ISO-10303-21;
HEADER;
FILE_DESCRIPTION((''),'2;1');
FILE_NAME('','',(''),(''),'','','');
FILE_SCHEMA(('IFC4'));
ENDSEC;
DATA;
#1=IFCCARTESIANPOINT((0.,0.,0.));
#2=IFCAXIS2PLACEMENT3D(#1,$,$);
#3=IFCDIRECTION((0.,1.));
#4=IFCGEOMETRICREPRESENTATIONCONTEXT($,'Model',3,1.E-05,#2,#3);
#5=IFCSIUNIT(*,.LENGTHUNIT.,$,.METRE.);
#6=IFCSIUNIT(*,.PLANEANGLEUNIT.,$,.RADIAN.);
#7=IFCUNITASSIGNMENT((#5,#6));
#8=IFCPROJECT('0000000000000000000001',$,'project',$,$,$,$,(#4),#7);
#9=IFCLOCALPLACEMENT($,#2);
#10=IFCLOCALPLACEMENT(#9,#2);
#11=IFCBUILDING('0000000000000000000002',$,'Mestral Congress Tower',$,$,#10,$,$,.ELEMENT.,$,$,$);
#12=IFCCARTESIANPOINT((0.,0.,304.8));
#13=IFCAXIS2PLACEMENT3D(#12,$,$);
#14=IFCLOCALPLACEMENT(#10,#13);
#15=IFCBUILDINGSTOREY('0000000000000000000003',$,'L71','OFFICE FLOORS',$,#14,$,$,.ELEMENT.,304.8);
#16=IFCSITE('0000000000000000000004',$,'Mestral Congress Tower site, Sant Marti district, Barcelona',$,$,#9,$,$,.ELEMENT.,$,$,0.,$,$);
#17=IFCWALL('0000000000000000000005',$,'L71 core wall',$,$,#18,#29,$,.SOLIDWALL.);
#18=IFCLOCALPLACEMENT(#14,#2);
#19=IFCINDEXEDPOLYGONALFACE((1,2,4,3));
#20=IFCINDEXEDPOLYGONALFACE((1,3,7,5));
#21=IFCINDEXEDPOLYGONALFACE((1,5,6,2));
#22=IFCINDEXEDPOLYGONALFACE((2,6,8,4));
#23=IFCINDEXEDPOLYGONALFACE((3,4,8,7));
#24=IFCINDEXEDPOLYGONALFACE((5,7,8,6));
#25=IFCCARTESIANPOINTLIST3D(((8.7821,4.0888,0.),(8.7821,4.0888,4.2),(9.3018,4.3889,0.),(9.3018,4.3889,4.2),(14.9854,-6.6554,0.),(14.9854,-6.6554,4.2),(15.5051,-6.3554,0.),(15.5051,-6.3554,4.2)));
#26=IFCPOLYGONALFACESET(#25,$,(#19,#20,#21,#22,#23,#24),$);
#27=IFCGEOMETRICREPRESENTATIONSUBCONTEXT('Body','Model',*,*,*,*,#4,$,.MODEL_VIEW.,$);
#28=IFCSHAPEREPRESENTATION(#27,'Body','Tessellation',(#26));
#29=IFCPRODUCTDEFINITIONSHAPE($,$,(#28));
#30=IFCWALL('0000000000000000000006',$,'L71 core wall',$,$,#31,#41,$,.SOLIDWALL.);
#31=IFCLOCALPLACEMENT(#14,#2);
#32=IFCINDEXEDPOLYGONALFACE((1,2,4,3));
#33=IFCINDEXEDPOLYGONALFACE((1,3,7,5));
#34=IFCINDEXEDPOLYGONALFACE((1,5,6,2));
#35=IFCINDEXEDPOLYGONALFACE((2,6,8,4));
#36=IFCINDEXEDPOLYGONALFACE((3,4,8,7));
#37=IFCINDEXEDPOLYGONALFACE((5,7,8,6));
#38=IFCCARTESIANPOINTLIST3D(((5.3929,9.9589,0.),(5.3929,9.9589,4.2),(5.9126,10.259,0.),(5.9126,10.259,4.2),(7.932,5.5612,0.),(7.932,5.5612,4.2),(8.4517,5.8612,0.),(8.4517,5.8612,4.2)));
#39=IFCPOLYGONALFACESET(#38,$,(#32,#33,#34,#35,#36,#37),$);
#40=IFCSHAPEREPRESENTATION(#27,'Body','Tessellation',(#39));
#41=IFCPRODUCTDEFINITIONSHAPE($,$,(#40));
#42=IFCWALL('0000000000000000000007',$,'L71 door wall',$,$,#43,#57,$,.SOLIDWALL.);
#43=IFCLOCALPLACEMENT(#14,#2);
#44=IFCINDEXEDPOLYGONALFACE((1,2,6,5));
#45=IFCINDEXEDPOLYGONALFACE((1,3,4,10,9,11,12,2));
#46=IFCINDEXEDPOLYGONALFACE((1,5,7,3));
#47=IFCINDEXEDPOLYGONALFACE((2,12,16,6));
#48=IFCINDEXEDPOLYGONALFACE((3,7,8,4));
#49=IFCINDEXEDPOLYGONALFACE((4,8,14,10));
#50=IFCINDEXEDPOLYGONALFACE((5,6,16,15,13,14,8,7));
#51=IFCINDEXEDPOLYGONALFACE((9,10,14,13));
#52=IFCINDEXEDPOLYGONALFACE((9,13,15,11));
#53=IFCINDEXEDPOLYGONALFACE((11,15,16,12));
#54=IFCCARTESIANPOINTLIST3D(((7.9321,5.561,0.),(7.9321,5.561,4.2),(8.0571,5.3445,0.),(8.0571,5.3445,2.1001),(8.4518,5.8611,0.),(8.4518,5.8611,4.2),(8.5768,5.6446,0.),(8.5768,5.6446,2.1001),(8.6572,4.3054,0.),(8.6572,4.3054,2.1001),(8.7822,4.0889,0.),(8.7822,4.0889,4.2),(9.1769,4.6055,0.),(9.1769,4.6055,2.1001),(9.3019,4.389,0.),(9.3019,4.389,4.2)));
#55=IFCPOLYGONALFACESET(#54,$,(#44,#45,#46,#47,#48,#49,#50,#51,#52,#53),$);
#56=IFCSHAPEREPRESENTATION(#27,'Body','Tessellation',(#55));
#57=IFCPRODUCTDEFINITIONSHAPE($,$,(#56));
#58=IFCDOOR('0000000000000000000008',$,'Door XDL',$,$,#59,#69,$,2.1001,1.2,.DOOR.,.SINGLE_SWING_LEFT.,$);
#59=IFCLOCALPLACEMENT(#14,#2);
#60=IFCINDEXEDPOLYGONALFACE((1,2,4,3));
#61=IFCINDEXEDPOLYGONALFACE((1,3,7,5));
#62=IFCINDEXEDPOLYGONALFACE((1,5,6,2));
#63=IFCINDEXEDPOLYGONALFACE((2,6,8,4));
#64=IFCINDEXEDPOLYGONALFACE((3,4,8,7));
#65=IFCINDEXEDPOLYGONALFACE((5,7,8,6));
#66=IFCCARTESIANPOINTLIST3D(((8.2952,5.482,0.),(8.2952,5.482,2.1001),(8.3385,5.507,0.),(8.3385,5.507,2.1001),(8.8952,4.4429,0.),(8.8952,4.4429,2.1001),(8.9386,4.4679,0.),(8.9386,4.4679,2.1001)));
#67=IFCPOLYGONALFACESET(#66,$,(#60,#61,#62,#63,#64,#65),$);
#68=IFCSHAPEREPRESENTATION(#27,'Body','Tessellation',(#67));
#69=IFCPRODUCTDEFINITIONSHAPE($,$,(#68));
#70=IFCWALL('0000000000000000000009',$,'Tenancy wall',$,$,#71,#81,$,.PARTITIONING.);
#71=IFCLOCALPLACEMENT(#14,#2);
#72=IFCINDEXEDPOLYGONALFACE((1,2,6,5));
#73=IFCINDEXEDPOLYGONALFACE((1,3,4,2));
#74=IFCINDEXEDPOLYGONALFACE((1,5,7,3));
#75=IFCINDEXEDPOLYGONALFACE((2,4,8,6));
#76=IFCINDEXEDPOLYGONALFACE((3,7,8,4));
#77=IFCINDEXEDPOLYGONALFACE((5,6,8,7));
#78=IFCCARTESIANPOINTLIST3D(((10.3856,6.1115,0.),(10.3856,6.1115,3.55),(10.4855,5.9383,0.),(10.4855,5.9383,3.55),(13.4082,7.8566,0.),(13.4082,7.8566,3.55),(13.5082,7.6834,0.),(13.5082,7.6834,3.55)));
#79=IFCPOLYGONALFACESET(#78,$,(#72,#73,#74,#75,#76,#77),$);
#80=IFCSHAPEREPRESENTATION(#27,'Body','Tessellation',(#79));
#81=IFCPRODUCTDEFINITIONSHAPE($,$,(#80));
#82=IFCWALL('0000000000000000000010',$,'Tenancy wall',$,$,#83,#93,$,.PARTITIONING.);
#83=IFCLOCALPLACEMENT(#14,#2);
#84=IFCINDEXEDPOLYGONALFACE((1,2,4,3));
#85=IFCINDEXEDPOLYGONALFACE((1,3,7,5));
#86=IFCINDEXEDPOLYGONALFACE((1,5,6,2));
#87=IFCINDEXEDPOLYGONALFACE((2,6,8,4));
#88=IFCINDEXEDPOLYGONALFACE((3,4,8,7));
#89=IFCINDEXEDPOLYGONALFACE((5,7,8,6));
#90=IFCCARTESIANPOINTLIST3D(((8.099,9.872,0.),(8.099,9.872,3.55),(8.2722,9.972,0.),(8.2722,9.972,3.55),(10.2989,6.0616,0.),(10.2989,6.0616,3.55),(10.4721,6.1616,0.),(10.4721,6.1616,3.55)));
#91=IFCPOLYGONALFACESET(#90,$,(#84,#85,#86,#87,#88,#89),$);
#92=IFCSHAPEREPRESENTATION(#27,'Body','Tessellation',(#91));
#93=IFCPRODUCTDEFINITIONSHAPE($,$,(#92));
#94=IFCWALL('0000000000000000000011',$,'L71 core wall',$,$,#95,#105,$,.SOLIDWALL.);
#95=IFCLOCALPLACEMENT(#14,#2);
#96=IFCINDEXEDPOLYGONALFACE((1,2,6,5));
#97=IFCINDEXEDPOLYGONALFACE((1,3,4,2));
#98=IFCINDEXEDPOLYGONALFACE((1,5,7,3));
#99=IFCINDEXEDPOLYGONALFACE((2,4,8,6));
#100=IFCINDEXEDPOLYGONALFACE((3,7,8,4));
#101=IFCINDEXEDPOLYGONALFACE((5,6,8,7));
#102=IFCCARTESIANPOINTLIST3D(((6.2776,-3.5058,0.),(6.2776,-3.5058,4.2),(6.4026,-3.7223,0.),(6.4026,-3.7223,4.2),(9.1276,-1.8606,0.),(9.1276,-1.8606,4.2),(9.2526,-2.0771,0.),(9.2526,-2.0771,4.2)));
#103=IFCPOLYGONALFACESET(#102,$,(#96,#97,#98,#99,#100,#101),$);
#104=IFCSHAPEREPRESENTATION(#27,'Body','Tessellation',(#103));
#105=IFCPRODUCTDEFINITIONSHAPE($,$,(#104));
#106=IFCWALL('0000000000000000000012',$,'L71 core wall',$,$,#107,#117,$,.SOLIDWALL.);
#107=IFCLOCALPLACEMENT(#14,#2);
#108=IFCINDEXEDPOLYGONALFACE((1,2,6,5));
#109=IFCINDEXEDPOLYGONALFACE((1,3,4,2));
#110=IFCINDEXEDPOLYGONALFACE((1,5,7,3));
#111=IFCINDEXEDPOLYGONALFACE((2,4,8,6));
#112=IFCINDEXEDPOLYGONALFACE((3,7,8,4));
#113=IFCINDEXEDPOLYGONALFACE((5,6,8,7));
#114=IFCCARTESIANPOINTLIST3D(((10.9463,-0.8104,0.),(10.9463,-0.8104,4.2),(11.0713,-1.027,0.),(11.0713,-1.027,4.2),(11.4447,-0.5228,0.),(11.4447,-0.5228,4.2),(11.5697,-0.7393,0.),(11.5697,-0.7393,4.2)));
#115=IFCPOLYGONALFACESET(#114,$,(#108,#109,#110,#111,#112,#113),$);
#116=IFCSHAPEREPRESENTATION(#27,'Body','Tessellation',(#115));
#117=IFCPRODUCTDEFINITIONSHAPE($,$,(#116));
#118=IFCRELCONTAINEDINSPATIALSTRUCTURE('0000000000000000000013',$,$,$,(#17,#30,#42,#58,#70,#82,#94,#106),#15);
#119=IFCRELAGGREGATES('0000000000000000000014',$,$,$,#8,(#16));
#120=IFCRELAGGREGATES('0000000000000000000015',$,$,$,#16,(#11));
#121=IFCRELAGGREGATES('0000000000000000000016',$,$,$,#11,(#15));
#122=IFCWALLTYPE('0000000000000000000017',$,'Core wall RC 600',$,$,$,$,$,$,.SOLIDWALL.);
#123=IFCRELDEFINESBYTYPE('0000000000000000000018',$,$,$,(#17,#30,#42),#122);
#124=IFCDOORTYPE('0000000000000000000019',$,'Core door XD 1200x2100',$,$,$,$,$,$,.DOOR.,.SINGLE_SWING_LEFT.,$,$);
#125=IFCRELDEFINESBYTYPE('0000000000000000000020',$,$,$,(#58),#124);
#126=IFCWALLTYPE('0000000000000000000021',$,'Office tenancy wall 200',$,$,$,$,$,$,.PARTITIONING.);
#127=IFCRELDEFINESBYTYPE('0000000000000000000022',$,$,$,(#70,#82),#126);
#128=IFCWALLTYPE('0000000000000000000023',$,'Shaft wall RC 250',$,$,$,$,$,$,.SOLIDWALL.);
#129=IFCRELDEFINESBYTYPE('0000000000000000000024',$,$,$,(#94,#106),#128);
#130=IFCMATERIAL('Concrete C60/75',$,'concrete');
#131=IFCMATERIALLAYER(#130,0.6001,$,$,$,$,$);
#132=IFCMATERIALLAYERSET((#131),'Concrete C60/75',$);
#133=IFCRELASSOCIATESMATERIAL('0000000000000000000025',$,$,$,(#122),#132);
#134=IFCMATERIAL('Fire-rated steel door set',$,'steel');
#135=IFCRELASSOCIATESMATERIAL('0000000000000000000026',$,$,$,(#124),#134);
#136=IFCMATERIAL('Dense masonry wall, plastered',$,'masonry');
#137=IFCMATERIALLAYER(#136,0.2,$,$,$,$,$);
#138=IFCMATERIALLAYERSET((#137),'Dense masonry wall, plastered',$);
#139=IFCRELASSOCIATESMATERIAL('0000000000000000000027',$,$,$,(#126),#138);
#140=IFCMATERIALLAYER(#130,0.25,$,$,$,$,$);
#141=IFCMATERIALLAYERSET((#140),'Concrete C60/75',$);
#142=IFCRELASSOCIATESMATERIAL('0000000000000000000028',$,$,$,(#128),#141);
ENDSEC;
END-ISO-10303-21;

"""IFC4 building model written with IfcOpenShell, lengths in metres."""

from ifc_helpers import new_model, si_unit, direction, frame, frame_2d, origin, place, context, subcontext, project, spatial, rectangle, extrude, material, layer, layer_set, type_object, element, fill, save


model = new_model("IFC4")

# Units and contexts
model_context = context("Model", 3, precision=1e-05, world=origin(), true_north=direction((0.0, 1.0)))
body_context = subcontext(model_context, "Body", "Model", "MODEL_VIEW")
ifc_project = project(units=[si_unit("LENGTHUNIT", "METRE"), si_unit("PLANEANGLEUNIT", "RADIAN")], contexts=[model_context])

# Site, building, storey
site_placement = place(None, origin())
site = spatial("IfcSite", under=ifc_project, at=site_placement, Name="Mestral Congress Tower site, Sant Marti district, Barcelona", CompositionType="ELEMENT", RefElevation=0.0)
building_placement = place(site_placement, origin())
building = spatial("IfcBuilding", under=site, at=building_placement, Name="Mestral Congress Tower", CompositionType="ELEMENT")
storey_placement = place(building_placement, frame((0.0, 0.0, 304.8)))
storey = spatial("IfcBuildingStorey", under=building, at=storey_placement, Name="L71", Description="OFFICE FLOORS", CompositionType="ELEMENT", Elevation=304.8)

# Walls
ifc_material_1 = material(Name="Concrete C60/75", Category="concrete")
ifc_layer_1 = layer(ifc_material_1, 0.6001)
ifc_layer_set_1 = layer_set([ifc_layer_1], Name="Concrete C60/75")
wall_type_1 = type_object("IfcWallType", Name="Core wall RC 600", PredefinedType="SOLIDWALL", material=ifc_layer_set_1)
wall_1_placement = place(storey_placement, frame((9.042, 4.2388, 0.0), z_axis=(0.0, 0.0, 1.0), x_axis=(0.500006, -0.866022, 0.0)))
element("IfcWall", 1, at=wall_1_placement, inside=storey, type_object=wall_type_1, Name="L71 core wall", PredefinedType="SOLIDWALL", context=body_context, shape_type="SweptSolid", body=[
    extrude(rectangle(XDim=12.4065, YDim=0.6001, at=frame_2d((6.2031, 0.0))), origin(), (0.0, 0.0, 1.0), 4.2),
])
wall_2_placement = place(storey_placement, frame((8.1919, 5.7112, 0.0), z_axis=(0.0, 0.0, 1.0), x_axis=(-0.500007, 0.866021, 0.0)))
element("IfcWall", 2, at=wall_2_placement, inside=storey, type_object=wall_type_1, Name="L71 core wall", PredefinedType="SOLIDWALL", context=body_context, shape_type="SweptSolid", body=[
    extrude(rectangle(XDim=5.0781, YDim=0.6001, at=frame_2d((2.5391, 0.0))), origin(), (0.0, 0.0, 1.0), 4.2),
])

# Wall, opening, door
wall_3_placement = place(storey_placement, frame((8.1919, 5.7112, 0.0), z_axis=(0.0, 0.0, 1.0), x_axis=(0.500062, -0.865989, 0.0)))
wall_3 = element("IfcWall", 3, at=wall_3_placement, inside=storey, type_object=wall_type_1, Name="L71 door wall", PredefinedType="SOLIDWALL", context=body_context, shape_type="SweptSolid", body=[
    extrude(rectangle(XDim=1.7, YDim=0.6001, at=frame_2d((0.8501, 0.0))), origin(), (0.0, 0.0, 1.0), 4.2),
])
opening_1_placement = place(wall_3_placement, frame((0.25, 0.0, 0.0)))
opening_1 = element("IfcOpeningElement", 4, at=opening_1_placement, cuts=wall_3, PredefinedType="OPENING", context=body_context, shape_type="SweptSolid", body=[
    extrude(rectangle(XDim=1.2, YDim=2.1001, at=frame_2d((0.6001, 1.05))), frame((0.0, 0.3101, 0.0), z_axis=(0.0, -1.0, 0.0), x_axis=(1.0, 0.0, 0.0)), (0.0, 0.0, 1.0), 0.6201),
])
ifc_material_2 = material(Name="Fire-rated steel door set", Category="steel")
door_type_1 = type_object("IfcDoorType", Name="Core door XD 1200x2100", OperationType="SINGLE_SWING_LEFT", PredefinedType="DOOR", material=ifc_material_2)
door_1_placement = place(opening_1_placement, origin())
door_1 = element("IfcDoor", 5, at=door_1_placement, inside=storey, type_object=door_type_1, Name="Door XDL", OperationType="SINGLE_SWING_LEFT", OverallHeight=2.1001, OverallWidth=1.2, PredefinedType="DOOR", context=body_context, shape_type="SweptSolid", body=[
    extrude(rectangle(XDim=1.2, YDim=2.1001, at=frame_2d((0.6001, 1.05))), frame((0.0, 0.0249, 0.0), z_axis=(0.0, -1.0, 0.0), x_axis=(1.0, 0.0, 0.0)), (0.0, 0.0, 1.0), 0.05),
])
fill(opening_1, door_1)

# Walls
ifc_material_3 = material(Name="Dense masonry wall, plastered", Category="masonry")
ifc_layer_2 = layer(ifc_material_3, 0.2)
ifc_layer_set_2 = layer_set([ifc_layer_2], Name="Dense masonry wall, plastered")
wall_type_2 = type_object("IfcWallType", Name="Office tenancy wall 200", PredefinedType="PARTITIONING", material=ifc_layer_set_2)
wall_4_placement = place(storey_placement, frame((10.4355, 6.0249, 0.0), z_axis=(0.0, 0.0, 1.0), x_axis=(0.866031, 0.499991, 0.0)))
element("IfcWall", 6, at=wall_4_placement, inside=storey, type_object=wall_type_2, Name="Tenancy wall", PredefinedType="PARTITIONING", context=body_context, shape_type="SweptSolid", body=[
    extrude(rectangle(XDim=3.4902, YDim=0.2, at=frame_2d((1.7451, 0.0))), origin(), (0.0, 0.0, 1.0), 3.55),
])
wall_5_placement = place(storey_placement, frame((10.3855, 6.1116, 0.0), z_axis=(0.0, 0.0, 1.0), x_axis=(-0.499988, 0.866032, 0.0)))
element("IfcWall", 7, at=wall_5_placement, inside=storey, type_object=wall_type_2, Name="Tenancy wall", PredefinedType="PARTITIONING", context=body_context, shape_type="SweptSolid", body=[
    extrude(rectangle(XDim=4.3999, YDim=0.2, at=frame_2d((2.2, 0.0))), origin(), (0.0, 0.0, 1.0), 3.55),
])
ifc_layer_3 = layer(ifc_material_1, 0.25)
ifc_layer_set_3 = layer_set([ifc_layer_3], Name="Concrete C60/75")
wall_type_3 = type_object("IfcWallType", Name="Shaft wall RC 250", PredefinedType="SOLIDWALL", material=ifc_layer_set_3)
wall_6_placement = place(storey_placement, frame((9.1902, -1.9688, 0.0), z_axis=(0.0, 0.0, 1.0), x_axis=(-0.866057, -0.499945, 0.0)))
element("IfcWall", 8, at=wall_6_placement, inside=storey, type_object=wall_type_3, Name="L71 core wall", PredefinedType="SOLIDWALL", context=body_context, shape_type="SweptSolid", body=[
    extrude(rectangle(XDim=3.2908, YDim=0.25, at=frame_2d((1.6455, 0.0))), origin(), (0.0, 0.0, 1.0), 4.2),
])
wall_7_placement = place(storey_placement, frame((11.5071, -0.6311, 0.0), z_axis=(0.0, 0.0, 1.0), x_axis=(-0.866094, -0.499882, 0.0)))
element("IfcWall", 9, at=wall_7_placement, inside=storey, type_object=wall_type_3, Name="L71 core wall", PredefinedType="SOLIDWALL", context=body_context, shape_type="SweptSolid", body=[
    extrude(rectangle(XDim=0.5754, YDim=0.25, at=frame_2d((0.2876, 0.0))), origin(), (0.0, 0.0, 1.0), 4.2),
])

save(model, "model.ifc")
